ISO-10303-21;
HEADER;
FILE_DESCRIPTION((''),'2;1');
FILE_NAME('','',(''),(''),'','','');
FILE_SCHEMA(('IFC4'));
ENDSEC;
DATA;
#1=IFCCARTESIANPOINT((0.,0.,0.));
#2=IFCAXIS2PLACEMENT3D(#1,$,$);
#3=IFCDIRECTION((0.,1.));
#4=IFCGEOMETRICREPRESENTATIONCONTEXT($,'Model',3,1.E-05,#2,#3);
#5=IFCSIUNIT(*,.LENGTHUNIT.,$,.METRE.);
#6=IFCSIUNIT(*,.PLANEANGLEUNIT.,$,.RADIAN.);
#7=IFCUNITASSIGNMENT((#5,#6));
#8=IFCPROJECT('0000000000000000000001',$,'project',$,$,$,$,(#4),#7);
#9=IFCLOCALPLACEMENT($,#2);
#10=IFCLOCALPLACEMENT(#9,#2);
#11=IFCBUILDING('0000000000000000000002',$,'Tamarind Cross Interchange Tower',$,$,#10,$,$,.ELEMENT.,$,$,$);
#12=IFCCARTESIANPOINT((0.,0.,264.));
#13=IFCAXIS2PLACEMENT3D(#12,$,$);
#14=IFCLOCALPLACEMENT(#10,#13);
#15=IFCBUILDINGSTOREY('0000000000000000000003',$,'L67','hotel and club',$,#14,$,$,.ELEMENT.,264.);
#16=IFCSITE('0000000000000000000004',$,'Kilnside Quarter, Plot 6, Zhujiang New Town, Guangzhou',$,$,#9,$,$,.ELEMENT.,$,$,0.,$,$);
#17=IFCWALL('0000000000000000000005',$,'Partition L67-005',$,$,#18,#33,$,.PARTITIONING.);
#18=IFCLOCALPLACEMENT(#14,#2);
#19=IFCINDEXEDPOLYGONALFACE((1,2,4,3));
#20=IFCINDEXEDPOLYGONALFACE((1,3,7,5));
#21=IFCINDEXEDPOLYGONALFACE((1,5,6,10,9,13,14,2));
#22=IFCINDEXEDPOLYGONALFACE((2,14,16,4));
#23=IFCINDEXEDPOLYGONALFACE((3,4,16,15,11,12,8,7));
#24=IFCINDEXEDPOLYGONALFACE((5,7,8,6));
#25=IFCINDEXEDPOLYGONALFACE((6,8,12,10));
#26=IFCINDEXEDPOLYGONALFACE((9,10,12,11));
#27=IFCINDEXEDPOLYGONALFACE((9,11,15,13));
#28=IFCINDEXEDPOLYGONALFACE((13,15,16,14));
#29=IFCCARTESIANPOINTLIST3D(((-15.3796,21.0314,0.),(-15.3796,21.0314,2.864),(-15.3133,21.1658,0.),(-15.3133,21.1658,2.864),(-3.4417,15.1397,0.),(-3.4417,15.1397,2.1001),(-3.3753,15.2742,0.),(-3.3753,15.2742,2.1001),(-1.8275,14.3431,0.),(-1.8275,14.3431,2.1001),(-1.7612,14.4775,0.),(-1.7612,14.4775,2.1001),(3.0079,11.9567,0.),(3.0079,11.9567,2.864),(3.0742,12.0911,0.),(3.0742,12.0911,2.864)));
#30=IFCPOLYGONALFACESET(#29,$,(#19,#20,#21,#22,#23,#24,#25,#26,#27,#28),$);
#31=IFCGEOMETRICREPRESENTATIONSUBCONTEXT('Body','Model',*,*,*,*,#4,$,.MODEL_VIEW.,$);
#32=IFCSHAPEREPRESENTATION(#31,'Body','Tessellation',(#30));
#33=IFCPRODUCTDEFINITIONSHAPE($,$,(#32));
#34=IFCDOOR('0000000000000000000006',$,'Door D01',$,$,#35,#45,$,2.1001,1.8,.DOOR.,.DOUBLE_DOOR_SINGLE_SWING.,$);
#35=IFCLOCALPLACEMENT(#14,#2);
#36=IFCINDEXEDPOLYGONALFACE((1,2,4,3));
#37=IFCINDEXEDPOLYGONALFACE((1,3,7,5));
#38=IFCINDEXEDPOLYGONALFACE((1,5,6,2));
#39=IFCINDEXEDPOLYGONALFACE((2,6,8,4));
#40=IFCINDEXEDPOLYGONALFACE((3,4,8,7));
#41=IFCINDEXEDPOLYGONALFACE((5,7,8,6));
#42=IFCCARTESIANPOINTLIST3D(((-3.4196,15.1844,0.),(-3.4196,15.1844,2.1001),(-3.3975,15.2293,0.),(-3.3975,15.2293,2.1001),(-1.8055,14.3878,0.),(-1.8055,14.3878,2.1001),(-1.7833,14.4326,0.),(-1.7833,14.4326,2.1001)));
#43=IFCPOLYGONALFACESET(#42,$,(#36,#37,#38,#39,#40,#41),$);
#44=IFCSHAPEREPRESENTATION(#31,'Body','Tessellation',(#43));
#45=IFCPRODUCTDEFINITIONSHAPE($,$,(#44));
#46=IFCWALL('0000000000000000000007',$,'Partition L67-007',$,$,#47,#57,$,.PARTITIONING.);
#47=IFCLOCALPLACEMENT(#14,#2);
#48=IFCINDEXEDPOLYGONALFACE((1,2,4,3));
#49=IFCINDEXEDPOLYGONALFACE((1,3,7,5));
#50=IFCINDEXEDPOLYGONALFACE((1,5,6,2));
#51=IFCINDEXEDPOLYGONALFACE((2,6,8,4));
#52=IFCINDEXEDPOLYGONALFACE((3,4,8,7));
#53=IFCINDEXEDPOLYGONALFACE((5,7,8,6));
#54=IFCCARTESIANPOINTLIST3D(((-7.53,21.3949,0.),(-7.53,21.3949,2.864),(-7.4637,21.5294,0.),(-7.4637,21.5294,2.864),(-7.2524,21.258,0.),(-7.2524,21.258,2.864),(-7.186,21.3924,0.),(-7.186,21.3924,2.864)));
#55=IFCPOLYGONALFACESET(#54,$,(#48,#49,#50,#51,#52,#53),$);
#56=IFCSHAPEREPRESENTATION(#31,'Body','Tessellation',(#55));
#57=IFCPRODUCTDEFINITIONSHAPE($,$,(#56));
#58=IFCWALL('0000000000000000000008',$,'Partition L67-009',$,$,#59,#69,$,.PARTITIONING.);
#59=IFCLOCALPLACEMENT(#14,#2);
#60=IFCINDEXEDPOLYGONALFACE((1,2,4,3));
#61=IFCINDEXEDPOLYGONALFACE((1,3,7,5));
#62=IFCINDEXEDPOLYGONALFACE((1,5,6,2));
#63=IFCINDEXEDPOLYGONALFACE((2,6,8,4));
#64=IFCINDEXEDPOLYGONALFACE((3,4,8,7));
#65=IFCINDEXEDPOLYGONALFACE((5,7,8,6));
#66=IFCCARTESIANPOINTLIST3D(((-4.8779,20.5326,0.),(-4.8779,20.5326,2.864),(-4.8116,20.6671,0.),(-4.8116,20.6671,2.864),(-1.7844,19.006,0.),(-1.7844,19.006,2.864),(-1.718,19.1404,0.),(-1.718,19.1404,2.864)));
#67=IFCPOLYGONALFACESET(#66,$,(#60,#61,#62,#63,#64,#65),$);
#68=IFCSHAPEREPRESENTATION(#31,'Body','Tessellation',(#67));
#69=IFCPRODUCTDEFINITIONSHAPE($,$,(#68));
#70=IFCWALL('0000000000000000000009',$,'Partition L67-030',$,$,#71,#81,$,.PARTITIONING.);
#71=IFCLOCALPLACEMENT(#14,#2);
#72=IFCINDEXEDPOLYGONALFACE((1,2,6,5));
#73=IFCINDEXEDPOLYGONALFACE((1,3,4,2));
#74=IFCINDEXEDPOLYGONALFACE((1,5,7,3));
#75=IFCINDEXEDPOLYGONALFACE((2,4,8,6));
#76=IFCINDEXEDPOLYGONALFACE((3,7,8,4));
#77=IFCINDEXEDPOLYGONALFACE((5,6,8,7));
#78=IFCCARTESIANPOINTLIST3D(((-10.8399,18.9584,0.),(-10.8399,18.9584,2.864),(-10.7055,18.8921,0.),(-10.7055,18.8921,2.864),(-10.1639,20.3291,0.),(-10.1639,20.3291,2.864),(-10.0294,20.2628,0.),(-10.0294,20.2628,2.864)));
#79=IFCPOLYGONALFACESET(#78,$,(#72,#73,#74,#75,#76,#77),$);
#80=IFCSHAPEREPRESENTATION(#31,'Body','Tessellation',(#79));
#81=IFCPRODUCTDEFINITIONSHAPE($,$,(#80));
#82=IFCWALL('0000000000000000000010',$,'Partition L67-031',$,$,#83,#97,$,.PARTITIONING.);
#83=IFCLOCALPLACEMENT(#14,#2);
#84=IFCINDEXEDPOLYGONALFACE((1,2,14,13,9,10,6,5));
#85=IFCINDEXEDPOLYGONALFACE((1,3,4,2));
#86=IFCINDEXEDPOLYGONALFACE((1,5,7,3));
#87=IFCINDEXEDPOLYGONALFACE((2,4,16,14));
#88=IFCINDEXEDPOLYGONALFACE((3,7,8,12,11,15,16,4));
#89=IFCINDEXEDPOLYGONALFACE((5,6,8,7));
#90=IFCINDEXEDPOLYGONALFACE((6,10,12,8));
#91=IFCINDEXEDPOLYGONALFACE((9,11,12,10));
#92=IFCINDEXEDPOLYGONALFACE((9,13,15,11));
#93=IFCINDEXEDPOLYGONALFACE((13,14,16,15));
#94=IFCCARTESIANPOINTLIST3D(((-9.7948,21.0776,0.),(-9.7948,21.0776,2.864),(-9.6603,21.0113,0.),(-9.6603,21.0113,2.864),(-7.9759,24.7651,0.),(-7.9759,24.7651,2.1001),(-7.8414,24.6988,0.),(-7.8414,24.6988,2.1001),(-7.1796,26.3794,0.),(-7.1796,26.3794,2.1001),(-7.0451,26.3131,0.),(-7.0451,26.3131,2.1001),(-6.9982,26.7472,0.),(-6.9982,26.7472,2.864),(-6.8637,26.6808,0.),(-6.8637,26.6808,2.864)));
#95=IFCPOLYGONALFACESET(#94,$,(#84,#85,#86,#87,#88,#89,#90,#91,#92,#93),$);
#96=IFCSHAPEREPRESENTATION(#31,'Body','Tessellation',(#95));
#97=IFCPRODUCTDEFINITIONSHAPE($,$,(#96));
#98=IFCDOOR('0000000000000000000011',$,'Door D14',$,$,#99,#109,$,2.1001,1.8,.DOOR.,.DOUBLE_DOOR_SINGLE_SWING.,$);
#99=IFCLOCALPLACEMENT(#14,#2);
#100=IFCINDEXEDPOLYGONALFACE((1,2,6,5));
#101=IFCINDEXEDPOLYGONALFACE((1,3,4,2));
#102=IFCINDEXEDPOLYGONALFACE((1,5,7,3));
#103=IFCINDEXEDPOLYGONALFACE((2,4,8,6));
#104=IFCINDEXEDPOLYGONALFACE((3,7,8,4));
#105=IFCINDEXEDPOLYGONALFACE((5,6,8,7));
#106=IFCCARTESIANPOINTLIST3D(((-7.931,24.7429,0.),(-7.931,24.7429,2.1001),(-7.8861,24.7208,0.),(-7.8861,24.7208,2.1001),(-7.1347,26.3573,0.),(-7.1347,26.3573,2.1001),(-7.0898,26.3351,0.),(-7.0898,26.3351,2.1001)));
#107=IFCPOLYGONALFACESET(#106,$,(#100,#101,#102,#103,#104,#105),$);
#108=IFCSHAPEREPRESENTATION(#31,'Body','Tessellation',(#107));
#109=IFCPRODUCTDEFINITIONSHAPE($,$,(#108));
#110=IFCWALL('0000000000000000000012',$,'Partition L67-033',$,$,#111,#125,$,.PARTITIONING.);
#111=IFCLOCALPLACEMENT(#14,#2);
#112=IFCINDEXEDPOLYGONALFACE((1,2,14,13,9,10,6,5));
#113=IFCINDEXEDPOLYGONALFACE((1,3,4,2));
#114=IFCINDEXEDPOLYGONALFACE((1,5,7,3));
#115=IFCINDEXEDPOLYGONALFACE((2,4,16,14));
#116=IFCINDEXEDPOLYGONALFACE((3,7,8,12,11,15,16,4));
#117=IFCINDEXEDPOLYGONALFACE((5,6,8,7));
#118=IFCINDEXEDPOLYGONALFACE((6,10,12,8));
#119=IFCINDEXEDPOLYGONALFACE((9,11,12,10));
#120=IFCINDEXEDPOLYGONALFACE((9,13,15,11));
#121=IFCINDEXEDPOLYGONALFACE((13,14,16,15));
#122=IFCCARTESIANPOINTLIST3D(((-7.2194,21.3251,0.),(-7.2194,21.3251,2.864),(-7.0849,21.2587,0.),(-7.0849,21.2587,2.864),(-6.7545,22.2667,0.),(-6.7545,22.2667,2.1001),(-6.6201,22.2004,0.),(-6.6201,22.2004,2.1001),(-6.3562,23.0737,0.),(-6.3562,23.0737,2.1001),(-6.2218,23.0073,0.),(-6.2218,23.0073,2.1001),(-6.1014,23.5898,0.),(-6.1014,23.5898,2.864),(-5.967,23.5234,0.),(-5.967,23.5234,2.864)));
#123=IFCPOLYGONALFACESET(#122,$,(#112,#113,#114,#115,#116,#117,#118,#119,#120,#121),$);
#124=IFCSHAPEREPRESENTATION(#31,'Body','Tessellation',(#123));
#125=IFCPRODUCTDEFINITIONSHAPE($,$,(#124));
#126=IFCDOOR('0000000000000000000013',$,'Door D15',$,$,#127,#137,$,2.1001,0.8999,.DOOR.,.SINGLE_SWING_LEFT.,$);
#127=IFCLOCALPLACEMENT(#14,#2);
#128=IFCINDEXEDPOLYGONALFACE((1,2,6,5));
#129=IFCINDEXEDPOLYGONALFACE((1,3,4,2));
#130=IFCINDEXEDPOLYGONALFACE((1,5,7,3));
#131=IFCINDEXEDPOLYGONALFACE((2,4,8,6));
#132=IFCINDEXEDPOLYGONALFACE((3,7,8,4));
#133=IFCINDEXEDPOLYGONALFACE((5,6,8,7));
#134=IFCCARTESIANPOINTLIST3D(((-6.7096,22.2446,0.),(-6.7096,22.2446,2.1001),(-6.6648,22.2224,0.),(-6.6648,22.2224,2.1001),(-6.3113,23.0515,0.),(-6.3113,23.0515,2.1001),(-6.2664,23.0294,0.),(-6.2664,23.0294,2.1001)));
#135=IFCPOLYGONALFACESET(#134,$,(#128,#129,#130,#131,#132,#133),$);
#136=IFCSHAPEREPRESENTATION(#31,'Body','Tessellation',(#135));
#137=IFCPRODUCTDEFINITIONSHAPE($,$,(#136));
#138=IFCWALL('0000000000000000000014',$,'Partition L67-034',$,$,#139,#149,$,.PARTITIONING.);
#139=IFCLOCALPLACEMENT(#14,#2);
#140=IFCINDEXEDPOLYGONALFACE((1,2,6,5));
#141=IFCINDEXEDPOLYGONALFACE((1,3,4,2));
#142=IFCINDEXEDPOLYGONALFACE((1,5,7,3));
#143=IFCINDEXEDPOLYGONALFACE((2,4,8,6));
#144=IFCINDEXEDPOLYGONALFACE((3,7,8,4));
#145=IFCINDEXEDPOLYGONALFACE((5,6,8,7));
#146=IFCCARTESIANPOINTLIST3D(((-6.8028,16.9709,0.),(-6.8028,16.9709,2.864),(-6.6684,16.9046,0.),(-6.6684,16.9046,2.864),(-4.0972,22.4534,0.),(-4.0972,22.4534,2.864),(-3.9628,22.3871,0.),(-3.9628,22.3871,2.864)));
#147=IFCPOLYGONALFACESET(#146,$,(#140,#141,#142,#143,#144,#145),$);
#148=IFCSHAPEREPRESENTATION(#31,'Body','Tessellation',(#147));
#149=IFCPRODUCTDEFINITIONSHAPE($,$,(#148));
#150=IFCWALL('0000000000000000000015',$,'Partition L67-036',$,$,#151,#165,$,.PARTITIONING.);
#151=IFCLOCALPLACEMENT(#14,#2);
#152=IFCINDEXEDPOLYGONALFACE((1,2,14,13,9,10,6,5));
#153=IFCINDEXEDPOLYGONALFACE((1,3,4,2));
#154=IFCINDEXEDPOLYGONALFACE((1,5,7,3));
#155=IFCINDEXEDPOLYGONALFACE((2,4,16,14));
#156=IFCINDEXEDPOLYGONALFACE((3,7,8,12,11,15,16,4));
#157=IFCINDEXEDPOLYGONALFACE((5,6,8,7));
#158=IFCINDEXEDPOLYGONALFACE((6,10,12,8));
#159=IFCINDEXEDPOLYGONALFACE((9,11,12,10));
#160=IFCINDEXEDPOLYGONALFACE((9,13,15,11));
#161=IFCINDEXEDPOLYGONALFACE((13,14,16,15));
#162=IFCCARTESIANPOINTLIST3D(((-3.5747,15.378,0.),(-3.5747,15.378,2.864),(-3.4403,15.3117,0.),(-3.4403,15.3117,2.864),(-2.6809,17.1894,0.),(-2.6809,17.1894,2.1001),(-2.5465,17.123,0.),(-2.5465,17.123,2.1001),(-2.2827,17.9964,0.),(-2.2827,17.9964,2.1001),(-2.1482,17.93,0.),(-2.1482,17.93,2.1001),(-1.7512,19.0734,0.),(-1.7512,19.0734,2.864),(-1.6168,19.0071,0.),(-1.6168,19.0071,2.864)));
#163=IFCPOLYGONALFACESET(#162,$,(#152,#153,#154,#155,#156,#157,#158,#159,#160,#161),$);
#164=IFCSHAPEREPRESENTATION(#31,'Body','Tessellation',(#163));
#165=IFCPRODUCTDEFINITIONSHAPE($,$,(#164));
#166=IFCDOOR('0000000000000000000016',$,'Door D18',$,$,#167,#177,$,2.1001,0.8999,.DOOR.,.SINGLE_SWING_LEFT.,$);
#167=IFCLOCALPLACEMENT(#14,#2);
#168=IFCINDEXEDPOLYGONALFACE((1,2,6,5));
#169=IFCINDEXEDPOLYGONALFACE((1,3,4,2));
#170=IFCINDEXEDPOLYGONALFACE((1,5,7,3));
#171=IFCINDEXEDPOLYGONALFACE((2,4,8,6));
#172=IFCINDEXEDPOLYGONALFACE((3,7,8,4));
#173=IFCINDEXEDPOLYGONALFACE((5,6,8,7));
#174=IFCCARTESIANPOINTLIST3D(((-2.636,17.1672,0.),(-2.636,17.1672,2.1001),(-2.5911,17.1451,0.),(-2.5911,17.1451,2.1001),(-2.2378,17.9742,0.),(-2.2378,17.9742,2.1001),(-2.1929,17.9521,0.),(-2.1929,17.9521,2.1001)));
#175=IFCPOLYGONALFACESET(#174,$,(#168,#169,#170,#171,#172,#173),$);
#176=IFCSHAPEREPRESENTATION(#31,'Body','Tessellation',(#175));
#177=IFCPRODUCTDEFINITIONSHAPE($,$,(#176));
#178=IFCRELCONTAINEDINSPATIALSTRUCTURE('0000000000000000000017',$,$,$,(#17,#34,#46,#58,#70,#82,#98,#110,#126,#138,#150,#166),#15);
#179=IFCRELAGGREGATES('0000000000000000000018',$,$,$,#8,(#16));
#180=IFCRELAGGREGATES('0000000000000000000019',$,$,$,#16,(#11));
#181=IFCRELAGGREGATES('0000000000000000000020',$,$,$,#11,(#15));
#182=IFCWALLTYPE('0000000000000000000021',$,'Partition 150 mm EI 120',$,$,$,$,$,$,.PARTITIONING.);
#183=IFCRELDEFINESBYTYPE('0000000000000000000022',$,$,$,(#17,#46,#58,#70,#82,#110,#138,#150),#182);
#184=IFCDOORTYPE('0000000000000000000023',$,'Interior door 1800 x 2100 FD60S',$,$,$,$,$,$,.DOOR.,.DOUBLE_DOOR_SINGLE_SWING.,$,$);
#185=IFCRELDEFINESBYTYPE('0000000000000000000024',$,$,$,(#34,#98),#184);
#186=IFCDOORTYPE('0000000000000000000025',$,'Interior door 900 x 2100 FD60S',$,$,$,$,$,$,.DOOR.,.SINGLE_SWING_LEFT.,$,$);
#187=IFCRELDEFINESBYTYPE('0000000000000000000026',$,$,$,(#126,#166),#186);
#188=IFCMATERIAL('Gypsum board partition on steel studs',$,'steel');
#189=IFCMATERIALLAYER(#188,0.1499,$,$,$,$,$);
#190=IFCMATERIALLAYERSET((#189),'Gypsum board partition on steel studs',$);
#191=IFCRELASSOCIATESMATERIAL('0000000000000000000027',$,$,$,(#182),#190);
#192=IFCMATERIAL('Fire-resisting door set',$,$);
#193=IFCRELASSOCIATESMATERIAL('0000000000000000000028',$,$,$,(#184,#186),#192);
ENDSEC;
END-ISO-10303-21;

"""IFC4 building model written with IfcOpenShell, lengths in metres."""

from ifc_helpers import new_model, si_unit, direction, frame, frame_2d, origin, place, context, subcontext, project, spatial, rectangle, extrude, material, layer, layer_set, type_object, element, fill, save


model = new_model("IFC4")

# Units and contexts
model_context = context("Model", 3, precision=1e-05, world=origin(), true_north=direction((0.0, 1.0)))
body_context = subcontext(model_context, "Body", "Model", "MODEL_VIEW")
ifc_project = project(units=[si_unit("LENGTHUNIT", "METRE"), si_unit("PLANEANGLEUNIT", "RADIAN")], contexts=[model_context])

# Site, building, storey
site_placement = place(None, origin())
site = spatial("IfcSite", under=ifc_project, at=site_placement, Name="Kilnside Quarter, Plot 6, Zhujiang New Town, Guangzhou", CompositionType="ELEMENT", RefElevation=0.0)
building_placement = place(site_placement, origin())
building = spatial("IfcBuilding", under=site, at=building_placement, Name="Tamarind Cross Interchange Tower", CompositionType="ELEMENT")
storey_placement = place(building_placement, frame((0.0, 0.0, 264.0)))
storey = spatial("IfcBuildingStorey", under=building, at=storey_placement, Name="L67", Description="hotel and club", CompositionType="ELEMENT", Elevation=264.0)

# Wall, opening, door
ifc_material_1 = material(Name="Gypsum board partition on steel studs", Category="steel")
ifc_layer_1 = layer(ifc_material_1, 0.1499)
ifc_layer_set_1 = layer_set([ifc_layer_1], Name="Gypsum board partition on steel studs")
wall_type_1 = type_object("IfcWallType", Name="Partition 150 mm EI 120", PredefinedType="PARTITIONING", material=ifc_layer_set_1)
wall_1_placement = place(storey_placement, frame((-15.3464, 21.0986, 0.0), z_axis=(0.0, 0.0, 1.0), x_axis=(0.896737, -0.442564, 0.0)))
wall_1 = element("IfcWall", 1, at=wall_1_placement, inside=storey, type_object=wall_type_1, Name="Partition L67-005", PredefinedType="PARTITIONING", context=body_context, shape_type="SweptSolid", body=[
    extrude(rectangle(XDim=20.5049, YDim=0.1499, at=frame_2d((10.2524, 0.0))), origin(), (0.0, 0.0, 1.0), 2.864),
])
opening_1_placement = place(wall_1_placement, frame((13.3127, 0.0, 0.0)))
opening_1 = element("IfcOpeningElement", 2, at=opening_1_placement, cuts=wall_1, PredefinedType="OPENING", context=body_context, shape_type="SweptSolid", body=[
    extrude(rectangle(XDim=1.8, YDim=2.1001, at=frame_2d((0.8999, 1.05))), frame((0.0, 0.085, 0.0), z_axis=(0.0, -1.0, 0.0), x_axis=(1.0, 0.0, 0.0)), (0.0, 0.0, 1.0), 0.1699),
])
ifc_material_2 = material(Name="Fire-resisting door set")
door_type_1 = type_object("IfcDoorType", Name="Interior door 1800 x 2100 FD60S", OperationType="DOUBLE_DOOR_SINGLE_SWING", PredefinedType="DOOR", material=ifc_material_2)
door_1_placement = place(opening_1_placement, origin())
door_1 = element("IfcDoor", 3, at=door_1_placement, inside=storey, type_object=door_type_1, Name="Door D01", OperationType="DOUBLE_DOOR_SINGLE_SWING", OverallHeight=2.1001, OverallWidth=1.8, PredefinedType="DOOR", context=body_context, shape_type="SweptSolid", body=[
    extrude(rectangle(XDim=1.8, YDim=2.1001, at=frame_2d((0.8999, 1.05))), frame((0.0, 0.0249, 0.0), z_axis=(0.0, -1.0, 0.0), x_axis=(1.0, 0.0, 0.0)), (0.0, 0.0, 1.0), 0.05),
])
fill(opening_1, door_1)

# Walls
wall_2_placement = place(storey_placement, frame((-7.4968, 21.4622, 0.0), z_axis=(0.0, 0.0, 1.0), x_axis=(0.896781, -0.442475, 0.0)))
element("IfcWall", 4, at=wall_2_placement, inside=storey, type_object=wall_type_1, Name="Partition L67-007", PredefinedType="PARTITIONING", context=body_context, shape_type="SweptSolid", body=[
    extrude(rectangle(XDim=0.3096, YDim=0.1499, at=frame_2d((0.1548, 0.0))), origin(), (0.0, 0.0, 1.0), 2.864),
])
wall_3_placement = place(storey_placement, frame((-4.8447, 20.5999, 0.0), z_axis=(0.0, 0.0, 1.0), x_axis=(0.89675, -0.442537, 0.0)))
element("IfcWall", 5, at=wall_3_placement, inside=storey, type_object=wall_type_1, Name="Partition L67-009", PredefinedType="PARTITIONING", context=body_context, shape_type="SweptSolid", body=[
    extrude(rectangle(XDim=3.4497, YDim=0.1499, at=frame_2d((1.7249, 0.0))), origin(), (0.0, 0.0, 1.0), 2.864),
])
wall_4_placement = place(storey_placement, frame((-10.7727, 18.9253, 0.0), z_axis=(0.0, 0.0, 1.0), x_axis=(0.442351, 0.896842, 0.0)))
element("IfcWall", 6, at=wall_4_placement, inside=storey, type_object=wall_type_1, Name="Partition L67-030", PredefinedType="PARTITIONING", context=body_context, shape_type="SweptSolid", body=[
    extrude(rectangle(XDim=1.5283, YDim=0.1499, at=frame_2d((0.7642, 0.0))), origin(), (0.0, 0.0, 1.0), 2.864),
])

# Walls, openings, doors
wall_5_placement = place(storey_placement, frame((-9.7275, 21.0444, 0.0), z_axis=(0.0, 0.0, 1.0), x_axis=(0.442372, 0.896832, 0.0)))
wall_5 = element("IfcWall", 7, at=wall_5_placement, inside=storey, type_object=wall_type_1, Name="Partition L67-031", PredefinedType="PARTITIONING", context=body_context, shape_type="SweptSolid", body=[
    extrude(rectangle(XDim=6.3218, YDim=0.1499, at=frame_2d((3.1609, 0.0))), origin(), (0.0, 0.0, 1.0), 2.864),
])
opening_2_placement = place(wall_5_placement, frame((4.1118, 0.0, 0.0)))
opening_2 = element("IfcOpeningElement", 8, at=opening_2_placement, cuts=wall_5, PredefinedType="OPENING", context=body_context, shape_type="SweptSolid", body=[
    extrude(rectangle(XDim=1.8, YDim=2.1001, at=frame_2d((0.8999, 1.05))), frame((0.0, 0.085, 0.0), z_axis=(0.0, -1.0, 0.0), x_axis=(1.0, 0.0, 0.0)), (0.0, 0.0, 1.0), 0.1699),
])
door_2_placement = place(opening_2_placement, origin())
door_2 = element("IfcDoor", 9, at=door_2_placement, inside=storey, type_object=door_type_1, Name="Door D14", OperationType="DOUBLE_DOOR_SINGLE_SWING", OverallHeight=2.1001, OverallWidth=1.8, PredefinedType="DOOR", context=body_context, shape_type="SweptSolid", body=[
    extrude(rectangle(XDim=1.8, YDim=2.1001, at=frame_2d((0.8999, 1.05))), frame((0.0, 0.0249, 0.0), z_axis=(0.0, -1.0, 0.0), x_axis=(1.0, 0.0, 0.0)), (0.0, 0.0, 1.0), 0.05),
])
fill(opening_2, door_2)
wall_6_placement = place(storey_placement, frame((-7.1521, 21.292, 0.0), z_axis=(0.0, 0.0, 1.0), x_axis=(0.442645, 0.896697, 0.0)))
wall_6 = element("IfcWall", 10, at=wall_6_placement, inside=storey, type_object=wall_type_1, Name="Partition L67-033", PredefinedType="PARTITIONING", context=body_context, shape_type="SweptSolid", body=[
    extrude(rectangle(XDim=2.5256, YDim=0.1499, at=frame_2d((1.2627, 0.0))), origin(), (0.0, 0.0, 1.0), 2.864),
])
opening_3_placement = place(wall_6_placement, frame((1.05, 0.0, 0.0)))
opening_3 = element("IfcOpeningElement", 11, at=opening_3_placement, cuts=wall_6, PredefinedType="OPENING", context=body_context, shape_type="SweptSolid", body=[
    extrude(rectangle(XDim=0.8999, YDim=2.1001, at=frame_2d((0.45, 1.05))), frame((0.0, 0.085, 0.0), z_axis=(0.0, -1.0, 0.0), x_axis=(1.0, 0.0, 0.0)), (0.0, 0.0, 1.0), 0.1699),
])
door_type_2 = type_object("IfcDoorType", Name="Interior door 900 x 2100 FD60S", OperationType="SINGLE_SWING_LEFT", PredefinedType="DOOR", material=ifc_material_2)
door_3_placement = place(opening_3_placement, origin())
door_3 = element("IfcDoor", 12, at=door_3_placement, inside=storey, type_object=door_type_2, Name="Door D15", OperationType="SINGLE_SWING_LEFT", OverallHeight=2.1001, OverallWidth=0.8999, PredefinedType="DOOR", context=body_context, shape_type="SweptSolid", body=[
    extrude(rectangle(XDim=0.8999, YDim=2.1001, at=frame_2d((0.45, 1.05))), frame((0.0, 0.0249, 0.0), z_axis=(0.0, -1.0, 0.0), x_axis=(1.0, 0.0, 0.0)), (0.0, 0.0, 1.0), 0.05),
])
fill(opening_3, door_3)

# Wall
wall_7_placement = place(storey_placement, frame((-6.7356, 16.9377, 0.0), z_axis=(0.0, 0.0, 1.0), x_axis=(0.442543, 0.896747, 0.0)))
element("IfcWall", 13, at=wall_7_placement, inside=storey, type_object=wall_type_1, Name="Partition L67-034", PredefinedType="PARTITIONING", context=body_context, shape_type="SweptSolid", body=[
    extrude(rectangle(XDim=6.1138, YDim=0.1499, at=frame_2d((3.0569, 0.0))), origin(), (0.0, 0.0, 1.0), 2.864),
])

# Wall, opening, door
wall_8_placement = place(storey_placement, frame((-3.5076, 15.3447, 0.0), z_axis=(0.0, 0.0, 1.0), x_axis=(0.442515, 0.896761, 0.0)))
wall_8 = element("IfcWall", 14, at=wall_8_placement, inside=storey, type_object=wall_type_1, Name="Partition L67-036", PredefinedType="PARTITIONING", context=body_context, shape_type="SweptSolid", body=[
    extrude(rectangle(XDim=4.1208, YDim=0.1499, at=frame_2d((2.0605, 0.0))), origin(), (0.0, 0.0, 1.0), 2.864),
])
opening_4_placement = place(wall_8_placement, frame((2.02, 0.0, 0.0)))
opening_4 = element("IfcOpeningElement", 15, at=opening_4_placement, cuts=wall_8, PredefinedType="OPENING", context=body_context, shape_type="SweptSolid", body=[
    extrude(rectangle(XDim=0.8999, YDim=2.1001, at=frame_2d((0.45, 1.05))), frame((0.0, 0.085, 0.0), z_axis=(0.0, -1.0, 0.0), x_axis=(1.0, 0.0, 0.0)), (0.0, 0.0, 1.0), 0.1699),
])
door_4_placement = place(opening_4_placement, origin())
door_4 = element("IfcDoor", 16, at=door_4_placement, inside=storey, type_object=door_type_2, Name="Door D18", OperationType="SINGLE_SWING_LEFT", OverallHeight=2.1001, OverallWidth=0.8999, PredefinedType="DOOR", context=body_context, shape_type="SweptSolid", body=[
    extrude(rectangle(XDim=0.8999, YDim=2.1001, at=frame_2d((0.45, 1.05))), frame((0.0, 0.0249, 0.0), z_axis=(0.0, -1.0, 0.0), x_axis=(1.0, 0.0, 0.0)), (0.0, 0.0, 1.0), 0.05),
])
fill(opening_4, door_4)

save(model, "model.ifc")
